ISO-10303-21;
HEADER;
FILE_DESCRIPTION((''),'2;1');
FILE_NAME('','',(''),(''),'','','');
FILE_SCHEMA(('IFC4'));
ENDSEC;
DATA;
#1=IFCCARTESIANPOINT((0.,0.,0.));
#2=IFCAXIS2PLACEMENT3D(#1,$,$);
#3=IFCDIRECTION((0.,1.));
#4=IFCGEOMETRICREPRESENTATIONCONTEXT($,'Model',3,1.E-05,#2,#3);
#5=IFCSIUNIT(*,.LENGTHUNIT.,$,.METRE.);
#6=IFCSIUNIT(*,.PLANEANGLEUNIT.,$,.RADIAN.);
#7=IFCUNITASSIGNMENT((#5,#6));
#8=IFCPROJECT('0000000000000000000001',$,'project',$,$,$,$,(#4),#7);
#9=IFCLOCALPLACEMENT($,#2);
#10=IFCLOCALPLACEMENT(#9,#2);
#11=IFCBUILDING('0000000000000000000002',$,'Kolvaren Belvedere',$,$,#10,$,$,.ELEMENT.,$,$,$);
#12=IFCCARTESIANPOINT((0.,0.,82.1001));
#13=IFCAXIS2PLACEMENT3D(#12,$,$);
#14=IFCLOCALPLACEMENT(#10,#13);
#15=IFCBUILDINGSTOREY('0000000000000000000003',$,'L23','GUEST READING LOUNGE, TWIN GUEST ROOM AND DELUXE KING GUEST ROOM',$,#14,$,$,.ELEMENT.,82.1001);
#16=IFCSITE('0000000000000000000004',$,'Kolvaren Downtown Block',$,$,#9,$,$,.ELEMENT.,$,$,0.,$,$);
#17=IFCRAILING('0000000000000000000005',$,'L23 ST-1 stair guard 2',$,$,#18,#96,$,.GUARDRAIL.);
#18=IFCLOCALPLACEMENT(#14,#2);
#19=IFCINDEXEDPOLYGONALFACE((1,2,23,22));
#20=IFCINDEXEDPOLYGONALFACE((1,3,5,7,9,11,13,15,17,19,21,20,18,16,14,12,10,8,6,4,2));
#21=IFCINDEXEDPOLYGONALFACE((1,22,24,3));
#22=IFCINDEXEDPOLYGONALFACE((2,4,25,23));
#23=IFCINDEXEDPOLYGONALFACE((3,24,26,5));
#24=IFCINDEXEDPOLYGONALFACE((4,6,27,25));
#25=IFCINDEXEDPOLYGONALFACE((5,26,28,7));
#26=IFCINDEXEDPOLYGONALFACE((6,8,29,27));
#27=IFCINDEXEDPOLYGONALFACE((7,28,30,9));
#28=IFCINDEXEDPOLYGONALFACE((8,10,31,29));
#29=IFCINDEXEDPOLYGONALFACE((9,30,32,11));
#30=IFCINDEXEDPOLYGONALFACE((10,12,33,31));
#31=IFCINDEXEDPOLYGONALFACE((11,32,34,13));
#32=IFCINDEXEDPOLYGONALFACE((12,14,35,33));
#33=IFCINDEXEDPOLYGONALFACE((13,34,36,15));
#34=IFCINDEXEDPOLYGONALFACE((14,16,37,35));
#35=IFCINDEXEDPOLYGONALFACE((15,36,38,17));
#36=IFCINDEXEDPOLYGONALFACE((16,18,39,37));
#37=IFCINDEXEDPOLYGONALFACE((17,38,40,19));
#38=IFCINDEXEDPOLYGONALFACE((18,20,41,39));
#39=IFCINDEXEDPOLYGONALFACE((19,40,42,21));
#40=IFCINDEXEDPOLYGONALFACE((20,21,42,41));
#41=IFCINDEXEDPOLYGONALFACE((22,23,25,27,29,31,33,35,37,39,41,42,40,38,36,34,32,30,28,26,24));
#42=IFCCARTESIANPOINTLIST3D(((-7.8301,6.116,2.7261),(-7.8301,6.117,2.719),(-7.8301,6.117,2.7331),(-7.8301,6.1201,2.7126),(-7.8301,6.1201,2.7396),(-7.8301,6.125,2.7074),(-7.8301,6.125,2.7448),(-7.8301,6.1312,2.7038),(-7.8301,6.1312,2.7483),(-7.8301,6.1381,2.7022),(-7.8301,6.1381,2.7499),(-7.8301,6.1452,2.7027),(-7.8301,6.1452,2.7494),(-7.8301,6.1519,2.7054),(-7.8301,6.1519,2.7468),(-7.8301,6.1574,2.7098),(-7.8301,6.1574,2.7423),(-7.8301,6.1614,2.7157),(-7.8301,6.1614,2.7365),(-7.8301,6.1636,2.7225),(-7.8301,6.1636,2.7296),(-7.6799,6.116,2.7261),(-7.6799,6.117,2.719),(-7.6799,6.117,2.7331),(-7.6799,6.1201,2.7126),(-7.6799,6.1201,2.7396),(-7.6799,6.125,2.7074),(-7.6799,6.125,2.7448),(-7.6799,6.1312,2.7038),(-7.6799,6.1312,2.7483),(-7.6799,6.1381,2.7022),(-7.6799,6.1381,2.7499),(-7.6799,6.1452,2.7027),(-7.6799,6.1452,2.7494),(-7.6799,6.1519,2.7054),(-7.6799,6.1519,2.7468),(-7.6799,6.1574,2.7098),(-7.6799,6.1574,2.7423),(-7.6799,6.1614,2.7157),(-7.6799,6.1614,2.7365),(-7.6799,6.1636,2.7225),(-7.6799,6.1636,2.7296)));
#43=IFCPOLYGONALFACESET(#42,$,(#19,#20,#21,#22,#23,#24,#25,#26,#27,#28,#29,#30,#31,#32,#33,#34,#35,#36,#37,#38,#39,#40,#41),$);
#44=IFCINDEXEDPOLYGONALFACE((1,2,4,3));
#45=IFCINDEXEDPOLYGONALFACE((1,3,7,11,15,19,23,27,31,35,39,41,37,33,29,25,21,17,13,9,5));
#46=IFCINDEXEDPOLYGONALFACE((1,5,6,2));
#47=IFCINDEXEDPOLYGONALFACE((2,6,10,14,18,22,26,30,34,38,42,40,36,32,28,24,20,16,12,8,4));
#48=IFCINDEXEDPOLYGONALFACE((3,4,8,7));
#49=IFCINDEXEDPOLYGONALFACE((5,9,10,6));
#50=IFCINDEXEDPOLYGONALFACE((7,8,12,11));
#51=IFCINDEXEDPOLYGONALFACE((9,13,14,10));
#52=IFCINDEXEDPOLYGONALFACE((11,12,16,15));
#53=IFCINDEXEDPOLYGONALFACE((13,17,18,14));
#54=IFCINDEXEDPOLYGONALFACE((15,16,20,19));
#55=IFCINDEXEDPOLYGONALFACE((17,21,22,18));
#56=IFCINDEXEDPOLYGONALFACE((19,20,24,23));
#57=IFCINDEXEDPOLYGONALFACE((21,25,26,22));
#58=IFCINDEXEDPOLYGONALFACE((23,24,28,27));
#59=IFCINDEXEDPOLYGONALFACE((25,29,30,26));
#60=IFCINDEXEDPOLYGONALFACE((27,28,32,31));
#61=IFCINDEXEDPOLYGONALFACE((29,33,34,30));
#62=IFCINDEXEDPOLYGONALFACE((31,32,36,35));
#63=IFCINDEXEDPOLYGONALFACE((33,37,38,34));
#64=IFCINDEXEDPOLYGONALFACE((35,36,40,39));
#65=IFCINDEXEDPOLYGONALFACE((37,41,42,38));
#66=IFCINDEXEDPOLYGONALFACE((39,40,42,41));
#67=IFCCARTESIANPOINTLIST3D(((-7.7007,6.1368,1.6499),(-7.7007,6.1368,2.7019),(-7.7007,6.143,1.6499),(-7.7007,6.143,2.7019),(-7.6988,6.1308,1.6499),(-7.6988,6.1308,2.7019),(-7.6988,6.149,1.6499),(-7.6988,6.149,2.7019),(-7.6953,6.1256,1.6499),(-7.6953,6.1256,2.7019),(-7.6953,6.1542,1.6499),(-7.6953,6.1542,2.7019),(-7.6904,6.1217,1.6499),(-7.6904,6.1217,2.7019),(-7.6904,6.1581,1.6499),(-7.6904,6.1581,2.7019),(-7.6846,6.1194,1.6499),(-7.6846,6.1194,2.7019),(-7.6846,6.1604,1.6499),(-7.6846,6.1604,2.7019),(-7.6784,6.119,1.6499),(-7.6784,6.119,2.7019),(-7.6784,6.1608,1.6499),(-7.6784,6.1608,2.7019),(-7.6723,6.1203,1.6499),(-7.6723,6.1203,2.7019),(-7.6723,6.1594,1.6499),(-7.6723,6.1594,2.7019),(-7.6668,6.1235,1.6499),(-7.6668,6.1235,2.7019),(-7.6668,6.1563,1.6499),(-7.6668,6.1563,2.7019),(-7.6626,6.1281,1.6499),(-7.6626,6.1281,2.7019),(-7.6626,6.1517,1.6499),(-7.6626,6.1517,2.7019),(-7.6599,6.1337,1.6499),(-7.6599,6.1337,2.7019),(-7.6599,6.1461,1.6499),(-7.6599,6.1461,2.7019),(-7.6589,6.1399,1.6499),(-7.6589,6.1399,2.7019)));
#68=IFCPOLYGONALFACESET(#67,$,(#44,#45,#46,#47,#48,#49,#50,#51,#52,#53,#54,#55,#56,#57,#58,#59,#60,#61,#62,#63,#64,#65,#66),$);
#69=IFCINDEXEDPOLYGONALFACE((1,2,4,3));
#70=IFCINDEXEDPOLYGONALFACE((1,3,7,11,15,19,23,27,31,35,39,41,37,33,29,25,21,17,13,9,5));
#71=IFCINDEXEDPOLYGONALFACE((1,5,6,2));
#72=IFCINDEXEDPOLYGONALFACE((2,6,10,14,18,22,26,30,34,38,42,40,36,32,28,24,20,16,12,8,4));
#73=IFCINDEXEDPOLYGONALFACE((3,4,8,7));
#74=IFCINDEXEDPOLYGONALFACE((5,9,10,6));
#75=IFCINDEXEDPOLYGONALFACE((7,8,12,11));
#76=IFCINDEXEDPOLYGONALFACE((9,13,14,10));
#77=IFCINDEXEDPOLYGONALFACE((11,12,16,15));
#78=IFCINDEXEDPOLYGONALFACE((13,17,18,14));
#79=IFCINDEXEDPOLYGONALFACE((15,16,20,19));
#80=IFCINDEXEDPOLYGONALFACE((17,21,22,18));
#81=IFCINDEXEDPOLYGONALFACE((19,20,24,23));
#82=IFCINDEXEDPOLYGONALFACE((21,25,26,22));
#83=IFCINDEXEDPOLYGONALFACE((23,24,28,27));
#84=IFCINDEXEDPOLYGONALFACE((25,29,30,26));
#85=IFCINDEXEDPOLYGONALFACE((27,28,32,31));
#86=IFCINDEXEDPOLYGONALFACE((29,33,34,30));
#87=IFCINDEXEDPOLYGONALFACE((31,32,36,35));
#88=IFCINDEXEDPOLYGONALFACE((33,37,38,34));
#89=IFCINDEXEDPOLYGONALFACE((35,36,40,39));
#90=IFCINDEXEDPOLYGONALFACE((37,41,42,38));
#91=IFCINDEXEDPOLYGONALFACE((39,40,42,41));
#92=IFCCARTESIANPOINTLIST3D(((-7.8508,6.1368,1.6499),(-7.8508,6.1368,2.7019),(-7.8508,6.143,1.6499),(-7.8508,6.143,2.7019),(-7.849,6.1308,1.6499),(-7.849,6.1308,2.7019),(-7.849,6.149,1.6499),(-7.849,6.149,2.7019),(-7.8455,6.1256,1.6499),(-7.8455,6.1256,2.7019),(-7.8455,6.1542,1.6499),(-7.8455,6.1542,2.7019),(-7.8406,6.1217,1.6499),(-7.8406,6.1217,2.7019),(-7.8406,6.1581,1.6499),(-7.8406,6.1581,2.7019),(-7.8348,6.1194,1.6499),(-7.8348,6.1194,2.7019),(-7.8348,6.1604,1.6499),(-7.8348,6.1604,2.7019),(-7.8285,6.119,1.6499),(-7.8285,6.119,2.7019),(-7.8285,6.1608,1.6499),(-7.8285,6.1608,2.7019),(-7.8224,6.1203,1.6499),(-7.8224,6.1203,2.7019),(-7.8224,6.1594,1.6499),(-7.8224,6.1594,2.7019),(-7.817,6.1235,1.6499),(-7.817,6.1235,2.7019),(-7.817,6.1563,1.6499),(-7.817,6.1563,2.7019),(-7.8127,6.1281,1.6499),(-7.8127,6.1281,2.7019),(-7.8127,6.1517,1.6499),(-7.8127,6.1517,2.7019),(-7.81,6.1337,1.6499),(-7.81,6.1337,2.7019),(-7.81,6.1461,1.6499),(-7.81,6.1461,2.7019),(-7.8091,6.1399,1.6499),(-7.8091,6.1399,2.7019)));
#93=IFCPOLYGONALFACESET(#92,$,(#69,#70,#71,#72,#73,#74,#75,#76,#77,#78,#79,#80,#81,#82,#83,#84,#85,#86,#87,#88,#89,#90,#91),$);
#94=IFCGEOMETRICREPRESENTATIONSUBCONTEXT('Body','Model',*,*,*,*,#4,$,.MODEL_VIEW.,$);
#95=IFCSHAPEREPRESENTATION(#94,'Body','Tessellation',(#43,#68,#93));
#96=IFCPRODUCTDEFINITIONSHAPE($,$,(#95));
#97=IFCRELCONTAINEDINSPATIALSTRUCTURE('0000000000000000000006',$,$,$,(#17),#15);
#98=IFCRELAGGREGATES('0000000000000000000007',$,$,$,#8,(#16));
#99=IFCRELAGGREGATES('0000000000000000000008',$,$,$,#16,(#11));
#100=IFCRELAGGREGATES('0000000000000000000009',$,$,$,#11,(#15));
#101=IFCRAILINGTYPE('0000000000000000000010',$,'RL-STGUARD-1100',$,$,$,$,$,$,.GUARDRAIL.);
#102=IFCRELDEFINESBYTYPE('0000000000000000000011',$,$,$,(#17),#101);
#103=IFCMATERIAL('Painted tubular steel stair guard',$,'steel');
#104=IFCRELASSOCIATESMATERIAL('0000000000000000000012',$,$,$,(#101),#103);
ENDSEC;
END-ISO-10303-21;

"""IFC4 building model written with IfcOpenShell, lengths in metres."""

from ifc_helpers import new_model, si_unit, direction, frame, origin, origin_2d, place, context, subcontext, project, spatial, circle, extrude, material, type_object, element, save


model = new_model("IFC4")

# Units and contexts
model_context = context("Model", 3, precision=1e-05, world=origin(), true_north=direction((0.0, 1.0)))
body_context = subcontext(model_context, "Body", "Model", "MODEL_VIEW")
ifc_project = project(units=[si_unit("LENGTHUNIT", "METRE"), si_unit("PLANEANGLEUNIT", "RADIAN")], contexts=[model_context])

# Site, building, storey
site_placement = place(None, origin())
site = spatial("IfcSite", under=ifc_project, at=site_placement, Name="Kolvaren Downtown Block", CompositionType="ELEMENT", RefElevation=0.0)
building_placement = place(site_placement, origin())
building = spatial("IfcBuilding", under=site, at=building_placement, Name="Kolvaren Belvedere", CompositionType="ELEMENT")
storey_placement = place(building_placement, frame((0.0, 0.0, 82.1001)))
storey = spatial("IfcBuildingStorey", under=building, at=storey_placement, Name="L23", Description="GUEST READING LOUNGE, TWIN GUEST ROOM AND DELUXE KING GUEST ROOM", CompositionType="ELEMENT", Elevation=82.1001)

# Railing
ifc_material_1 = material(Name="Painted tubular steel stair guard", Category="steel")
railing_type_1 = type_object("IfcRailingType", Name="RL-STGUARD-1100", PredefinedType="GUARDRAIL", material=ifc_material_1)
railing_1_placement = place(storey_placement, frame((-7.6799, 6.1399, 1.6499)))
element("IfcRailing", 1, at=railing_1_placement, inside=storey, type_object=railing_type_1, Name="L23 ST-1 stair guard 2", PredefinedType="GUARDRAIL", context=body_context, shape_type="SweptSolid", body=[
    extrude(circle(Radius=0.0239, at=origin_2d()), frame((0.0, 0.0, 1.0762), z_axis=(-1.0, 0.0, 0.0), x_axis=(0.0, -1.0, 0.0)), (0.0, 0.0, 1.0), 0.1501),
    extrude(circle(Radius=0.021, at=origin_2d()), origin(), (0.0, 0.0, 1.0), 1.052),
    extrude(circle(Radius=0.021, at=origin_2d()), frame((-0.1501, 0.0, 0.0)), (0.0, 0.0, 1.0), 1.052),
])

save(model, "model.ifc")
